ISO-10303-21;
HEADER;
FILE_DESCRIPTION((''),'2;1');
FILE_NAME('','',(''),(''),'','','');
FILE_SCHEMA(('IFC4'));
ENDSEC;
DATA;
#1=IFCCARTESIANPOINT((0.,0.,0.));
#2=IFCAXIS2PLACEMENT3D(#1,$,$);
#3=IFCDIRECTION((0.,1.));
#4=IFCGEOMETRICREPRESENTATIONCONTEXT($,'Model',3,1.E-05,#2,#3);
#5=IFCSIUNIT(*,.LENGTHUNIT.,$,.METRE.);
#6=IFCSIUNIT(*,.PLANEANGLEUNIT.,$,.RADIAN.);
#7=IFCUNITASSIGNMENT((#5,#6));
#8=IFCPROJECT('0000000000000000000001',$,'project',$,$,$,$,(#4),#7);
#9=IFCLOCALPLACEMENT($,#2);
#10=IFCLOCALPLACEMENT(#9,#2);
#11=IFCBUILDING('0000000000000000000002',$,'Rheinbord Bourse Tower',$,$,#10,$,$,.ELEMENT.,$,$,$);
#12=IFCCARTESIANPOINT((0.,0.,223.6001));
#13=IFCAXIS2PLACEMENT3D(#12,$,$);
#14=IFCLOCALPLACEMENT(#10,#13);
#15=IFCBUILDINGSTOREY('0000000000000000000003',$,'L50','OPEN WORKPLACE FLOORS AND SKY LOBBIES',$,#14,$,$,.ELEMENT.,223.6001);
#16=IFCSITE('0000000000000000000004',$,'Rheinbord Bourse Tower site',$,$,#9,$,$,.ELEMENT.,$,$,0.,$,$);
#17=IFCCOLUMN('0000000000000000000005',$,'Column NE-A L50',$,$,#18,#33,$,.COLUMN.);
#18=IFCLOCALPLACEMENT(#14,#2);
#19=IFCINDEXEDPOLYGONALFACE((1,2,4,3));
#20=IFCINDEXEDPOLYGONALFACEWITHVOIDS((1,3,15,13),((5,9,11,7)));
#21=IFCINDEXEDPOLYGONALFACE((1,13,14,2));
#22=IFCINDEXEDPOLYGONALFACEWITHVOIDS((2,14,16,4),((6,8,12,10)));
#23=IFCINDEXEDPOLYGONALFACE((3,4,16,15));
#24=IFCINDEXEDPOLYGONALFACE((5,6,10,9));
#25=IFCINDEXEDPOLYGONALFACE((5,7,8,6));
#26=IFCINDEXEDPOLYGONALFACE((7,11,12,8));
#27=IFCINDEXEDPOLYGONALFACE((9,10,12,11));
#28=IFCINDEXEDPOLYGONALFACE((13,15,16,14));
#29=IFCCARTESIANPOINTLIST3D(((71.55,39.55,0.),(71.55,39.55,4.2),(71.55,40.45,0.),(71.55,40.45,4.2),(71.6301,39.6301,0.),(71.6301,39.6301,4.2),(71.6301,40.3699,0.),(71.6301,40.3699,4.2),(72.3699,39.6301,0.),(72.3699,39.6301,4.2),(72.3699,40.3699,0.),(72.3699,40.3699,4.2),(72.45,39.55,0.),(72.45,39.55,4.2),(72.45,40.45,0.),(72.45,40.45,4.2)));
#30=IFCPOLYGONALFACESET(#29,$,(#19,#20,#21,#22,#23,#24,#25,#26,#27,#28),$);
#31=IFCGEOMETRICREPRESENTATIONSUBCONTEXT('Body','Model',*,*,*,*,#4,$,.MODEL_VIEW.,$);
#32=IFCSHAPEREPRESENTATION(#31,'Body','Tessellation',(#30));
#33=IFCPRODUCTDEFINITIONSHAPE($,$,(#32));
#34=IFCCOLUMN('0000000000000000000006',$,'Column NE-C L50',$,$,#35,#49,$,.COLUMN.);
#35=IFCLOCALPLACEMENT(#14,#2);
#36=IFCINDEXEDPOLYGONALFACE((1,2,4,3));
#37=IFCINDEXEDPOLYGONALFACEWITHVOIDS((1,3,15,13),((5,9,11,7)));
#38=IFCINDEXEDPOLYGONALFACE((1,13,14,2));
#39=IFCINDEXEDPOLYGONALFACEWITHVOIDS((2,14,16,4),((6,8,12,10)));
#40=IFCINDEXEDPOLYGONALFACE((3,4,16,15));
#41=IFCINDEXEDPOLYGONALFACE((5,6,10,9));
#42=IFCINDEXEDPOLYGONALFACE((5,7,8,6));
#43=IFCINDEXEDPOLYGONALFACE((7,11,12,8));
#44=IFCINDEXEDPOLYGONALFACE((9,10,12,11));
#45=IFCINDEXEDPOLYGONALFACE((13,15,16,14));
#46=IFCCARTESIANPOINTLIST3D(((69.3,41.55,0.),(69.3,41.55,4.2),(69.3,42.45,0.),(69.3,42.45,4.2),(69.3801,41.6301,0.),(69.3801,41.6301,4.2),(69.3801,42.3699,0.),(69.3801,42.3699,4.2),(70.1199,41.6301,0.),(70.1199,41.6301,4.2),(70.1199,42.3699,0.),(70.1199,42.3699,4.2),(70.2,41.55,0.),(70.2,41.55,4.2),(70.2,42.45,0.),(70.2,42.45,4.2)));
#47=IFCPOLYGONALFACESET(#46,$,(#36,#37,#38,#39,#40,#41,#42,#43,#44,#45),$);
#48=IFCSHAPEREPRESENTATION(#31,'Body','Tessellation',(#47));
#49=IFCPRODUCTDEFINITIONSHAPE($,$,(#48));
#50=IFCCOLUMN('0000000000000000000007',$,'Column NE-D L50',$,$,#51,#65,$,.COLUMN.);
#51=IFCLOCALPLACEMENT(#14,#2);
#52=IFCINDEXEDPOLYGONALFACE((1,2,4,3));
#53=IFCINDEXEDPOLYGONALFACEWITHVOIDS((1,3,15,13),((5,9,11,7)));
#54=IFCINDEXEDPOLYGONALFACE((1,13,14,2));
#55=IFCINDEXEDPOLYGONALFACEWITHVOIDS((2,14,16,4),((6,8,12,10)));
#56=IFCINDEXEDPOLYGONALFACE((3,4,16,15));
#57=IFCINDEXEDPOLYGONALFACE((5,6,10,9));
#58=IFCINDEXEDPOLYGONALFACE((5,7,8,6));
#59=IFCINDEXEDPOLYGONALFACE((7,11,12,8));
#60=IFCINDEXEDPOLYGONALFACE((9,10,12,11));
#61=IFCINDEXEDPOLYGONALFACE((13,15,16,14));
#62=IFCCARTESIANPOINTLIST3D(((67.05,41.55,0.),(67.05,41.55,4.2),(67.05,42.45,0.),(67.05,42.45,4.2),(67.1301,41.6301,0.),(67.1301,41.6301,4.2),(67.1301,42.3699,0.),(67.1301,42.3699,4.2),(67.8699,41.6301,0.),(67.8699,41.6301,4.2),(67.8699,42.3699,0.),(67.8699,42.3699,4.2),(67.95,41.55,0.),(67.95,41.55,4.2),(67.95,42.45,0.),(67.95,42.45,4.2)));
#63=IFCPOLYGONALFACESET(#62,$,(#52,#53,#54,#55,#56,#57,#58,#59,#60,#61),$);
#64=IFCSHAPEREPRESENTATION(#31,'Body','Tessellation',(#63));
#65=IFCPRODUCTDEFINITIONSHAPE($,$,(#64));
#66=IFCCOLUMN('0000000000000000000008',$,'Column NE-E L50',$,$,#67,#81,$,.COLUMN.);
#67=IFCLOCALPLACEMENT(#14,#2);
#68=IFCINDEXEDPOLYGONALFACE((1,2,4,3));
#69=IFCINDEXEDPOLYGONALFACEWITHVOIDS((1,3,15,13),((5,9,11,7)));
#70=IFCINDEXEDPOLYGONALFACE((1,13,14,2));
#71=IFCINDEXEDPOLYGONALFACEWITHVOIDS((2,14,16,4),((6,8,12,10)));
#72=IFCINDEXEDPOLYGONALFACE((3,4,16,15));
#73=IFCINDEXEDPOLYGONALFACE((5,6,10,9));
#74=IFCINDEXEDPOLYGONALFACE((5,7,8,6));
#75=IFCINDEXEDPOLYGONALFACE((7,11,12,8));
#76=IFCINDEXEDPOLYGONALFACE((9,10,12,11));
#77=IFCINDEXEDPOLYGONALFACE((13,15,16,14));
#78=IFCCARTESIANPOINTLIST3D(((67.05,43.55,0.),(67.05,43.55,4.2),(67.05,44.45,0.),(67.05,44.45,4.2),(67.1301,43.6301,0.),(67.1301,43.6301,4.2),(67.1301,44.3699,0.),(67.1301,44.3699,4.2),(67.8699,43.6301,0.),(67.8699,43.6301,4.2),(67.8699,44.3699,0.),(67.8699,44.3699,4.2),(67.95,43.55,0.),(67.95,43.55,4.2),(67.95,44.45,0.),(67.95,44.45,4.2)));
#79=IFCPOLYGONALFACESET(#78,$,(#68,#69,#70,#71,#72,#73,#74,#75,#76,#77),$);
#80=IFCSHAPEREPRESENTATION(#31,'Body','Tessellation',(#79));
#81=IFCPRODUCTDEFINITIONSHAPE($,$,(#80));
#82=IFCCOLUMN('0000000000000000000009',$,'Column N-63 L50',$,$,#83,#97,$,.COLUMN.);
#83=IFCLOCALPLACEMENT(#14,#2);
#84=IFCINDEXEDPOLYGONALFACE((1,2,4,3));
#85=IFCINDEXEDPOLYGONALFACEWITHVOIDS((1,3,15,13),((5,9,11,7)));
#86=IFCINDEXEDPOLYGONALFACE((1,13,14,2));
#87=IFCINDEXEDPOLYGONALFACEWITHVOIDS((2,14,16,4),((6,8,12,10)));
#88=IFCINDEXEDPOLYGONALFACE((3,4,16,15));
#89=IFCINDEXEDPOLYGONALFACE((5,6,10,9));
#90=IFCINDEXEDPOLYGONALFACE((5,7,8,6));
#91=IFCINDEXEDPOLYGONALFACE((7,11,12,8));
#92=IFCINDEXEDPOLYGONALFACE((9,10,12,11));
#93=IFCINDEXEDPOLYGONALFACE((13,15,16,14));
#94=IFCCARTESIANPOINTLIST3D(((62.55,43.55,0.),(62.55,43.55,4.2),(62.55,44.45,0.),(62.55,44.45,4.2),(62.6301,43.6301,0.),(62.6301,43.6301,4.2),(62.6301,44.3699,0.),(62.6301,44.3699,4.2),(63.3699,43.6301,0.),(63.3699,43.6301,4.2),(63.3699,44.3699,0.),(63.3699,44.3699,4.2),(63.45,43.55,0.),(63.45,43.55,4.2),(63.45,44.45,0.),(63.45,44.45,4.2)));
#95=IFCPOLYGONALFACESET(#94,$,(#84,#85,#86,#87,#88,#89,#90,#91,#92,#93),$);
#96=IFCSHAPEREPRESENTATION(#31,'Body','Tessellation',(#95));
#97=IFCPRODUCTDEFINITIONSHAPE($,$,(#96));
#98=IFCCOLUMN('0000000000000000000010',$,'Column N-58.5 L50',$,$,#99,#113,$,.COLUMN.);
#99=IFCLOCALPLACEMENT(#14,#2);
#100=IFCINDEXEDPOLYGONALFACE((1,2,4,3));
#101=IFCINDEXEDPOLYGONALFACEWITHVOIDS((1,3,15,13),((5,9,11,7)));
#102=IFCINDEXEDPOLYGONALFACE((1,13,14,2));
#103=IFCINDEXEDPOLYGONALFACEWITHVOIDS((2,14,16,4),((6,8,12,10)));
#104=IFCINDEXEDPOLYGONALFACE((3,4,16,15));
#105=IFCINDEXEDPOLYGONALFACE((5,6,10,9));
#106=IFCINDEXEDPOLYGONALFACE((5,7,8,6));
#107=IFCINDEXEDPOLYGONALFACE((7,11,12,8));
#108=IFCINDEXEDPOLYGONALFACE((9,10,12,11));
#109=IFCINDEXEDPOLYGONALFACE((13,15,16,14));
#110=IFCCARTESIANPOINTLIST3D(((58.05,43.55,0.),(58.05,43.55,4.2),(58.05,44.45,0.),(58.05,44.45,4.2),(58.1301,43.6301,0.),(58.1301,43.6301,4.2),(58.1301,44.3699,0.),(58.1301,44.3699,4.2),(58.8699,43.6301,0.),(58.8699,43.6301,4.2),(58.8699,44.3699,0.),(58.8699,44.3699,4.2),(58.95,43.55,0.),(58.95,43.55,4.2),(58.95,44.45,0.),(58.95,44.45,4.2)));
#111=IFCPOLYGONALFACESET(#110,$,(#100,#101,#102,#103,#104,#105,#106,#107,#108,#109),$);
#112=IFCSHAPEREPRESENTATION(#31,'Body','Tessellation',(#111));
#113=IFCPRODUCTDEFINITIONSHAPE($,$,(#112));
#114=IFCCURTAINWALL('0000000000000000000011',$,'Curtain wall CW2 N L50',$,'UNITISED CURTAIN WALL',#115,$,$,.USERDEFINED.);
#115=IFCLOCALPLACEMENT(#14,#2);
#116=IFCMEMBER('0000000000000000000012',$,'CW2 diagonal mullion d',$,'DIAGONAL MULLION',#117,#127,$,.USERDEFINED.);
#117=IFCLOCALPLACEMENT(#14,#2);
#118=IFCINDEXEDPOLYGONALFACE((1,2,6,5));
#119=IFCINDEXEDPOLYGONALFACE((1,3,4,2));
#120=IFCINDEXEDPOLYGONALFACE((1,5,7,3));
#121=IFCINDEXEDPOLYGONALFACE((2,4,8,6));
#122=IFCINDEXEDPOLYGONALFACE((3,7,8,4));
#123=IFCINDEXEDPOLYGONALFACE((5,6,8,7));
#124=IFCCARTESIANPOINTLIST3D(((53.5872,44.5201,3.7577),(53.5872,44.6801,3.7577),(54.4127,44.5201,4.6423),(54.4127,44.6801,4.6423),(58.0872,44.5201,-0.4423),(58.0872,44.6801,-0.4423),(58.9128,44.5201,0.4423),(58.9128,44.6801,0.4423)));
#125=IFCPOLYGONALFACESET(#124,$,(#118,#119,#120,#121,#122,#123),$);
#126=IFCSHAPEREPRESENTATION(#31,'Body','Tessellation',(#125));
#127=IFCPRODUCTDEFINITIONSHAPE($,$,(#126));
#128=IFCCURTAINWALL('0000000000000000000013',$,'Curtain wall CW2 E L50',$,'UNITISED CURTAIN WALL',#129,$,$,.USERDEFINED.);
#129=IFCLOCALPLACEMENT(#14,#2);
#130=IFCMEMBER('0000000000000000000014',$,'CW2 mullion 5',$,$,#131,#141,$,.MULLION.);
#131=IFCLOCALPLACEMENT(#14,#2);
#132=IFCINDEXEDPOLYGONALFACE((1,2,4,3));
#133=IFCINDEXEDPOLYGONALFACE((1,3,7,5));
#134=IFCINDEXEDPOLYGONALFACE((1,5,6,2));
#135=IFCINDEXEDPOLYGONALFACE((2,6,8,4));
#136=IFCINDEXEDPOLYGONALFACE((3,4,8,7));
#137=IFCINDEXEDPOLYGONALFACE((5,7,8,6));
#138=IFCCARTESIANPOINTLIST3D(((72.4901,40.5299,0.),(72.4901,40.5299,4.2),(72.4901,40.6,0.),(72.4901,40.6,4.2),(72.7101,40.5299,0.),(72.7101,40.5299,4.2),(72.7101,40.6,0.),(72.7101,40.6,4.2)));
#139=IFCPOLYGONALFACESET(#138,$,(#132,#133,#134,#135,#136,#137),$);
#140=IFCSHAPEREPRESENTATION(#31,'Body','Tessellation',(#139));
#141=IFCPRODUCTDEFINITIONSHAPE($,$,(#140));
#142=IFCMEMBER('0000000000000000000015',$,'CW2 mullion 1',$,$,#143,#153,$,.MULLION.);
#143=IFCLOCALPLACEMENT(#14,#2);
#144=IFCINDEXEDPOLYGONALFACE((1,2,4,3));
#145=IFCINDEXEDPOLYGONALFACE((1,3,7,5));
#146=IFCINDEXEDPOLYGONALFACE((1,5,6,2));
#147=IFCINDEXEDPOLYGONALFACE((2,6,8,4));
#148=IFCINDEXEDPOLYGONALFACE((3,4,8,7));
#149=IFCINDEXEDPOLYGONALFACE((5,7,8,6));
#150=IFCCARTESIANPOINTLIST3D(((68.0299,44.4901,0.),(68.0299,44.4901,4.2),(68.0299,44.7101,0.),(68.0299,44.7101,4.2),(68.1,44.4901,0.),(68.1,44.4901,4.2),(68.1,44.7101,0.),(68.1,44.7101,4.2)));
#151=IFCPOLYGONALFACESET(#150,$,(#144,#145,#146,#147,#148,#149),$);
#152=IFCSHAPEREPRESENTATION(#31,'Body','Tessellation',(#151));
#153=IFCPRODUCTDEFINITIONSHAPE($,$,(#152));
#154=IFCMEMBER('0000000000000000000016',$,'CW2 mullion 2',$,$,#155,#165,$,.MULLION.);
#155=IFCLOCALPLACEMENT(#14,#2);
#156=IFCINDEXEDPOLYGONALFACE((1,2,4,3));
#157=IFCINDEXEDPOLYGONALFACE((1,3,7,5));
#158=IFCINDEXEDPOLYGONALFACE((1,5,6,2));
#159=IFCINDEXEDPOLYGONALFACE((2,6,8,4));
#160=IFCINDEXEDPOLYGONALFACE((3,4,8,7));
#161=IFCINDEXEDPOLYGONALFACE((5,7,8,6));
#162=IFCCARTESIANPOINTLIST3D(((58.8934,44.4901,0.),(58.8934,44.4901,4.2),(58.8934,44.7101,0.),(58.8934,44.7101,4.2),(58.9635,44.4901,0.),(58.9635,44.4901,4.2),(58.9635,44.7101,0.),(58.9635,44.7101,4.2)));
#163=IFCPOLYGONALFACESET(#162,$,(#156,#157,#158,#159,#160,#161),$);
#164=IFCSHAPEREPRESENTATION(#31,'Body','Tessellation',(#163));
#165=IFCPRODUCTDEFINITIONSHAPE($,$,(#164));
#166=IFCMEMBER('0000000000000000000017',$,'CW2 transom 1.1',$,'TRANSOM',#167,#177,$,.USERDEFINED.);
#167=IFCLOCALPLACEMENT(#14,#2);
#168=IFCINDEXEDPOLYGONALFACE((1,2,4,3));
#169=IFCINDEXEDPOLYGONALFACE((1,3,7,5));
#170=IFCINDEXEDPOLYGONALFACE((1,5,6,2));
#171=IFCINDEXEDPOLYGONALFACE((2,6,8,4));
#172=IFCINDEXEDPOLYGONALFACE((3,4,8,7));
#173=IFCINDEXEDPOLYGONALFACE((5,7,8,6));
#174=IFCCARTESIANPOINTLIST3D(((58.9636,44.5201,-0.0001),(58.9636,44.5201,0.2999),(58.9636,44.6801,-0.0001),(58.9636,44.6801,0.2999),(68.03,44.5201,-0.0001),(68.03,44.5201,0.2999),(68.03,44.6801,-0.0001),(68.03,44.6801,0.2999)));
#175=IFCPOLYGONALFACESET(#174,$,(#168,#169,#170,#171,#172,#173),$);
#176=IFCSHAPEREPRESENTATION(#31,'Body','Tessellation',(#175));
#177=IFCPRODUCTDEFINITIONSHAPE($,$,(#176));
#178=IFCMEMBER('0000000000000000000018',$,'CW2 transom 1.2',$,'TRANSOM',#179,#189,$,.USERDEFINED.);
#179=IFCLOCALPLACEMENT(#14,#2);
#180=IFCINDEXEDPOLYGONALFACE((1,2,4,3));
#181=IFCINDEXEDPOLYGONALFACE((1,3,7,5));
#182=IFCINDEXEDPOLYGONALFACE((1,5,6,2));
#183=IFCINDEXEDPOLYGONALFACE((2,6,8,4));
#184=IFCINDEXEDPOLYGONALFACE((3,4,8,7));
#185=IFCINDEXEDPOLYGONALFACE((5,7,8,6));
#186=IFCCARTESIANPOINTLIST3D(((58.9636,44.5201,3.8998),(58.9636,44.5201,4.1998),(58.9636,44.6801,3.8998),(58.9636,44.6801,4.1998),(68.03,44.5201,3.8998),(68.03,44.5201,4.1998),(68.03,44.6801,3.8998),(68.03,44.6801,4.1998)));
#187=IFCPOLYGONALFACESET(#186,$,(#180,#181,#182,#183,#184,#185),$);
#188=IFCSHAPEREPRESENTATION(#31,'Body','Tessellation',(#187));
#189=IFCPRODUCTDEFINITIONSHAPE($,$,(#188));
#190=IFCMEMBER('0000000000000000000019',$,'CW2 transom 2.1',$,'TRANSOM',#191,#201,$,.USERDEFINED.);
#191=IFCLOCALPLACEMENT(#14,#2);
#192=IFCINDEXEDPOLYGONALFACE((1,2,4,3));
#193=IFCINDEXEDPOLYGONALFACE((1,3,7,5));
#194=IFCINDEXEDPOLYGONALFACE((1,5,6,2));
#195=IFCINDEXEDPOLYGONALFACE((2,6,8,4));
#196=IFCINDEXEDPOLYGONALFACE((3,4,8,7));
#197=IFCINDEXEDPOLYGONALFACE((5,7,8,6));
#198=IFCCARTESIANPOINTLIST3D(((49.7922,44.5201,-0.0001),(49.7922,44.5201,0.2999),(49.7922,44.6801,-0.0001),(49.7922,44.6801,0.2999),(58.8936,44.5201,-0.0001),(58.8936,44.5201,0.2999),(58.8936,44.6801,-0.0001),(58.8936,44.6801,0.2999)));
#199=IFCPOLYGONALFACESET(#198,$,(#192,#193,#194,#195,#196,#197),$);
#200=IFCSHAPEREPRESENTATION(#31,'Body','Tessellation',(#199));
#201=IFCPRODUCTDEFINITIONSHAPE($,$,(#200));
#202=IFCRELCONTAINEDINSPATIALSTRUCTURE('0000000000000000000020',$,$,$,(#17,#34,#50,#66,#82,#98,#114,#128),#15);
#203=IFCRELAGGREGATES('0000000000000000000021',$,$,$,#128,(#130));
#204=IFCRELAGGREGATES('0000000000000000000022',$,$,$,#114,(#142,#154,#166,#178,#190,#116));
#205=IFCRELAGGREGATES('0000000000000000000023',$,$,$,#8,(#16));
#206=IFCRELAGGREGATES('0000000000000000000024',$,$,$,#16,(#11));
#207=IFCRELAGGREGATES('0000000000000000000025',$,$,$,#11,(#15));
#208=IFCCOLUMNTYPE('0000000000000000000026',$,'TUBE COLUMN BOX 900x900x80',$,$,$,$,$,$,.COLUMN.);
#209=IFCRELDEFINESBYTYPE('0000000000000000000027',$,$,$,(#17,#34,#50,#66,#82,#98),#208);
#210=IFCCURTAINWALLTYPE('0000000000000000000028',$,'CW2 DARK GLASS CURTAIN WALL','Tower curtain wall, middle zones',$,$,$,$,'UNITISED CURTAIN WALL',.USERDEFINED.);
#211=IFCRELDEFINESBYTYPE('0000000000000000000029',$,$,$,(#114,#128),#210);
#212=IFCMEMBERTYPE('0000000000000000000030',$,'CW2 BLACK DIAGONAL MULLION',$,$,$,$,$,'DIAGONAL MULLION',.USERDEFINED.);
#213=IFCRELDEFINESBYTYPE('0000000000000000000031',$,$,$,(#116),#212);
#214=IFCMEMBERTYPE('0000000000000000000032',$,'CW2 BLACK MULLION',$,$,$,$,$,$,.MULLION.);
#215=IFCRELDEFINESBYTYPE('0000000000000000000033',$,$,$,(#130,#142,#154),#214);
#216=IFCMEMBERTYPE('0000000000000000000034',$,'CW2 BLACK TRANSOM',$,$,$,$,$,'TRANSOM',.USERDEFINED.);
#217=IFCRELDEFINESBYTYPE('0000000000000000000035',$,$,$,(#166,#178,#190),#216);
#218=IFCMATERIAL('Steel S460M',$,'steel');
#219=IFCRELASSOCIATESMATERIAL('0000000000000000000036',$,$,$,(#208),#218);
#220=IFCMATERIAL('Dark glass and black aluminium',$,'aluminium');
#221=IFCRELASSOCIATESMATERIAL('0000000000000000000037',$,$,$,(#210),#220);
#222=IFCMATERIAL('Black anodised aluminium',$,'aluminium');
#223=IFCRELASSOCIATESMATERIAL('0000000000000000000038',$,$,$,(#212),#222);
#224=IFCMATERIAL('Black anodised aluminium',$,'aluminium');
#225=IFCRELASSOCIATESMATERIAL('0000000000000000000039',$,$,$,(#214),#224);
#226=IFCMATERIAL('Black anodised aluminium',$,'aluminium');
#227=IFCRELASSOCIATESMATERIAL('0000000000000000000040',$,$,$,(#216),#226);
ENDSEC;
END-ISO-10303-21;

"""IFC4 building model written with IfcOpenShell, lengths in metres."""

from ifc_helpers import new_model, si_unit, direction, frame, origin, origin_2d, place, context, subcontext, project, spatial, rectangle, hollow_rectangle, extrude, material, material_profile, profile_set, type_object, element, aggregate, save


model = new_model("IFC4")

# Units and contexts
model_context = context("Model", 3, precision=1e-05, world=origin(), true_north=direction((0.0, 1.0)))
body_context = subcontext(model_context, "Body", "Model", "MODEL_VIEW")
ifc_project = project(units=[si_unit("LENGTHUNIT", "METRE"), si_unit("PLANEANGLEUNIT", "RADIAN")], contexts=[model_context])

# Site, building, storey
site_placement = place(None, origin())
site = spatial("IfcSite", under=ifc_project, at=site_placement, Name="Rheinbord Bourse Tower site", CompositionType="ELEMENT", RefElevation=0.0)
building_placement = place(site_placement, origin())
building = spatial("IfcBuilding", under=site, at=building_placement, Name="Rheinbord Bourse Tower", CompositionType="ELEMENT")
storey_placement = place(building_placement, frame((0.0, 0.0, 223.6001)))
storey = spatial("IfcBuildingStorey", under=building, at=storey_placement, Name="L50", Description="OPEN WORKPLACE FLOORS AND SKY LOBBIES", CompositionType="ELEMENT", Elevation=223.6001)

# Columns
ifc_material_1 = material(Name="Steel S460M", Category="steel")
ifc_material_profile_1 = material_profile(ifc_material_1, hollow_rectangle(XDim=0.8999, YDim=0.8999, WallThickness=0.0801, at=origin_2d()), Name="BOX 900x900x80")
ifc_profile_set_1 = profile_set([ifc_material_profile_1], Name="Steel S460M")
column_type = type_object("IfcColumnType", Name="TUBE COLUMN BOX 900x900x80", PredefinedType="COLUMN", material=ifc_profile_set_1)
for number, where, z_axis, x_axis, name in (
    (1, (72.0, 40.0, 0.0), (0.0, 0.0, 1.0), (1.0, 0.0, 0.0), "Column NE-A L50"),
    (2, (69.75, 42.0, 0.0), (0.0, 0.0, 1.0), (1.0, 0.0, 0.0), "Column NE-C L50"),
    (3, (67.5, 42.0, 0.0), (0.0, 0.0, 1.0), (0.0, 1.0, 0.0), "Column NE-D L50"),
    (4, (67.5, 44.0, 0.0), (0.0, 0.0, 1.0), (0.0, 1.0, 0.0), "Column NE-E L50"),
    (5, (63.0, 44.0, 0.0), (0.0, 0.0, 1.0), (0.0, 1.0, 0.0), "Column N-63 L50"),
    (6, (58.5, 44.0, 0.0), (0.0, 0.0, 1.0), (0.0, 1.0, 0.0), "Column N-58.5 L50"),
):
    element("IfcColumn", number, at=place(storey_placement, frame(where, z_axis=z_axis, x_axis=x_axis)), inside=storey, type_object=column_type, Name=name, PredefinedType="COLUMN", context=body_context, shape_type="SweptSolid", body=[
        extrude(hollow_rectangle(XDim=0.8999, YDim=0.8999, WallThickness=0.0801, at=origin_2d()), origin(), (0.0, 0.0, 1.0), 4.2),
    ])

# Curtain walls, members
ifc_material_2 = material(Name="Dark glass and black aluminium", Category="aluminium")
curtain_wall_type = type_object("IfcCurtainWallType", Name="CW2 DARK GLASS CURTAIN WALL", Description="Tower curtain wall, middle zones", ElementType="UNITISED CURTAIN WALL", PredefinedType="USERDEFINED", material=ifc_material_2)
curtain_wall_1_placement = place(storey_placement, origin())
curtain_wall_1 = element("IfcCurtainWall", 7, at=curtain_wall_1_placement, inside=storey, type_object=curtain_wall_type, Name="Curtain wall CW2 N L50", ObjectType="UNITISED CURTAIN WALL", PredefinedType="USERDEFINED")
ifc_material_3 = material(Name="Black anodised aluminium", Category="aluminium")
ifc_material_profile_2 = material_profile(ifc_material_3, rectangle(XDim=0.1599, YDim=1.21, at=origin_2d()), Name="CW2 DIAGONAL MULLION 1210x160")
ifc_profile_set_2 = profile_set([ifc_material_profile_2], Name="Black anodised aluminium")
member_type_1 = type_object("IfcMemberType", Name="CW2 BLACK DIAGONAL MULLION", ElementType="DIAGONAL MULLION", PredefinedType="USERDEFINED", material=ifc_profile_set_2)
member_1_placement = place(storey_placement, frame((58.5, 44.6001, 0.0), z_axis=(-0.731059, 0.0, 0.682314), x_axis=(0.0, -1.0, 0.0)))
member_1 = element("IfcMember", 8, at=member_1_placement, type_object=member_type_1, Name="CW2 diagonal mullion d", ObjectType="DIAGONAL MULLION", PredefinedType="USERDEFINED", context=body_context, shape_type="SweptSolid", body=[
    extrude(rectangle(XDim=0.1599, YDim=1.21, at=origin_2d()), origin(), (0.0, 0.0, 1.0), 6.1555),
])
curtain_wall_2_placement = place(storey_placement, origin())
curtain_wall_2 = element("IfcCurtainWall", 9, at=curtain_wall_2_placement, inside=storey, type_object=curtain_wall_type, Name="Curtain wall CW2 E L50", ObjectType="UNITISED CURTAIN WALL", PredefinedType="USERDEFINED")
ifc_material_4 = material(Name="Black anodised aluminium", Category="aluminium")
ifc_material_profile_3 = material_profile(ifc_material_4, rectangle(XDim=0.22, YDim=0.0701, at=origin_2d()), Name="CW2 MULLION 70x220")
ifc_profile_set_3 = profile_set([ifc_material_profile_3], Name="Black anodised aluminium")
member_type_2 = type_object("IfcMemberType", Name="CW2 BLACK MULLION", PredefinedType="MULLION", material=ifc_profile_set_3)
member_2_placement = place(storey_placement, frame((72.6001, 40.5649, 0.0), z_axis=(0.0, 0.0, 1.0), x_axis=(-1.0, 0.0, 0.0)))
member_2 = element("IfcMember", 10, at=member_2_placement, type_object=member_type_2, Name="CW2 mullion 5", PredefinedType="MULLION", context=body_context, shape_type="SweptSolid", body=[
    extrude(rectangle(XDim=0.22, YDim=0.0701, at=origin_2d()), origin(), (0.0, 0.0, 1.0), 4.2),
])

# Members
member_3_placement = place(storey_placement, frame((68.0649, 44.6001, 0.0), z_axis=(0.0, 0.0, 1.0), x_axis=(0.0, -1.0, 0.0)))
member_3 = element("IfcMember", 11, at=member_3_placement, type_object=member_type_2, Name="CW2 mullion 1", PredefinedType="MULLION", context=body_context, shape_type="SweptSolid", body=[
    extrude(rectangle(XDim=0.22, YDim=0.0701, at=origin_2d()), origin(), (0.0, 0.0, 1.0), 4.2),
])
member_4_placement = place(storey_placement, frame((58.9285, 44.6001, 0.0), z_axis=(0.0, 0.0, 1.0), x_axis=(0.0, -1.0, 0.0)))
member_4 = element("IfcMember", 12, at=member_4_placement, type_object=member_type_2, Name="CW2 mullion 2", PredefinedType="MULLION", context=body_context, shape_type="SweptSolid", body=[
    extrude(rectangle(XDim=0.22, YDim=0.0701, at=origin_2d()), origin(), (0.0, 0.0, 1.0), 4.2),
])
ifc_material_5 = material(Name="Black anodised aluminium", Category="aluminium")
ifc_material_profile_4 = material_profile(ifc_material_5, rectangle(XDim=0.1599, YDim=0.3, at=origin_2d()), Name="CW2 TRANSOM 300x160")
ifc_profile_set_4 = profile_set([ifc_material_profile_4], Name="Black anodised aluminium")
member_type_3 = type_object("IfcMemberType", Name="CW2 BLACK TRANSOM", ElementType="TRANSOM", PredefinedType="USERDEFINED", material=ifc_profile_set_4)
member_5_placement = place(storey_placement, frame((68.03, 44.6001, 0.1499), z_axis=(-1.0, 0.0, 0.0), x_axis=(0.0, -1.0, 0.0)))
member_5 = element("IfcMember", 13, at=member_5_placement, type_object=member_type_3, Name="CW2 transom 1.1", ObjectType="TRANSOM", PredefinedType="USERDEFINED", context=body_context, shape_type="SweptSolid", body=[
    extrude(rectangle(XDim=0.1599, YDim=0.3, at=origin_2d()), origin(), (0.0, 0.0, 1.0), 9.0664),
])
member_6_placement = place(storey_placement, frame((68.03, 44.6001, 4.0498), z_axis=(-1.0, 0.0, 0.0), x_axis=(0.0, -1.0, 0.0)))
member_6 = element("IfcMember", 14, at=member_6_placement, type_object=member_type_3, Name="CW2 transom 1.2", ObjectType="TRANSOM", PredefinedType="USERDEFINED", context=body_context, shape_type="SweptSolid", body=[
    extrude(rectangle(XDim=0.1599, YDim=0.3, at=origin_2d()), origin(), (0.0, 0.0, 1.0), 9.0664),
])
member_7_placement = place(storey_placement, frame((58.8936, 44.6001, 0.1499), z_axis=(-1.0, 0.0, 0.0), x_axis=(0.0, -1.0, 0.0)))
member_7 = element("IfcMember", 15, at=member_7_placement, type_object=member_type_3, Name="CW2 transom 2.1", ObjectType="TRANSOM", PredefinedType="USERDEFINED", context=body_context, shape_type="SweptSolid", body=[
    extrude(rectangle(XDim=0.1599, YDim=0.3, at=origin_2d()), origin(), (0.0, 0.0, 1.0), 9.1013),
])

aggregate(curtain_wall_2, [member_2])
aggregate(curtain_wall_1, [member_3, member_4, member_5, member_6, member_7, member_1])

save(model, "model.ifc")
